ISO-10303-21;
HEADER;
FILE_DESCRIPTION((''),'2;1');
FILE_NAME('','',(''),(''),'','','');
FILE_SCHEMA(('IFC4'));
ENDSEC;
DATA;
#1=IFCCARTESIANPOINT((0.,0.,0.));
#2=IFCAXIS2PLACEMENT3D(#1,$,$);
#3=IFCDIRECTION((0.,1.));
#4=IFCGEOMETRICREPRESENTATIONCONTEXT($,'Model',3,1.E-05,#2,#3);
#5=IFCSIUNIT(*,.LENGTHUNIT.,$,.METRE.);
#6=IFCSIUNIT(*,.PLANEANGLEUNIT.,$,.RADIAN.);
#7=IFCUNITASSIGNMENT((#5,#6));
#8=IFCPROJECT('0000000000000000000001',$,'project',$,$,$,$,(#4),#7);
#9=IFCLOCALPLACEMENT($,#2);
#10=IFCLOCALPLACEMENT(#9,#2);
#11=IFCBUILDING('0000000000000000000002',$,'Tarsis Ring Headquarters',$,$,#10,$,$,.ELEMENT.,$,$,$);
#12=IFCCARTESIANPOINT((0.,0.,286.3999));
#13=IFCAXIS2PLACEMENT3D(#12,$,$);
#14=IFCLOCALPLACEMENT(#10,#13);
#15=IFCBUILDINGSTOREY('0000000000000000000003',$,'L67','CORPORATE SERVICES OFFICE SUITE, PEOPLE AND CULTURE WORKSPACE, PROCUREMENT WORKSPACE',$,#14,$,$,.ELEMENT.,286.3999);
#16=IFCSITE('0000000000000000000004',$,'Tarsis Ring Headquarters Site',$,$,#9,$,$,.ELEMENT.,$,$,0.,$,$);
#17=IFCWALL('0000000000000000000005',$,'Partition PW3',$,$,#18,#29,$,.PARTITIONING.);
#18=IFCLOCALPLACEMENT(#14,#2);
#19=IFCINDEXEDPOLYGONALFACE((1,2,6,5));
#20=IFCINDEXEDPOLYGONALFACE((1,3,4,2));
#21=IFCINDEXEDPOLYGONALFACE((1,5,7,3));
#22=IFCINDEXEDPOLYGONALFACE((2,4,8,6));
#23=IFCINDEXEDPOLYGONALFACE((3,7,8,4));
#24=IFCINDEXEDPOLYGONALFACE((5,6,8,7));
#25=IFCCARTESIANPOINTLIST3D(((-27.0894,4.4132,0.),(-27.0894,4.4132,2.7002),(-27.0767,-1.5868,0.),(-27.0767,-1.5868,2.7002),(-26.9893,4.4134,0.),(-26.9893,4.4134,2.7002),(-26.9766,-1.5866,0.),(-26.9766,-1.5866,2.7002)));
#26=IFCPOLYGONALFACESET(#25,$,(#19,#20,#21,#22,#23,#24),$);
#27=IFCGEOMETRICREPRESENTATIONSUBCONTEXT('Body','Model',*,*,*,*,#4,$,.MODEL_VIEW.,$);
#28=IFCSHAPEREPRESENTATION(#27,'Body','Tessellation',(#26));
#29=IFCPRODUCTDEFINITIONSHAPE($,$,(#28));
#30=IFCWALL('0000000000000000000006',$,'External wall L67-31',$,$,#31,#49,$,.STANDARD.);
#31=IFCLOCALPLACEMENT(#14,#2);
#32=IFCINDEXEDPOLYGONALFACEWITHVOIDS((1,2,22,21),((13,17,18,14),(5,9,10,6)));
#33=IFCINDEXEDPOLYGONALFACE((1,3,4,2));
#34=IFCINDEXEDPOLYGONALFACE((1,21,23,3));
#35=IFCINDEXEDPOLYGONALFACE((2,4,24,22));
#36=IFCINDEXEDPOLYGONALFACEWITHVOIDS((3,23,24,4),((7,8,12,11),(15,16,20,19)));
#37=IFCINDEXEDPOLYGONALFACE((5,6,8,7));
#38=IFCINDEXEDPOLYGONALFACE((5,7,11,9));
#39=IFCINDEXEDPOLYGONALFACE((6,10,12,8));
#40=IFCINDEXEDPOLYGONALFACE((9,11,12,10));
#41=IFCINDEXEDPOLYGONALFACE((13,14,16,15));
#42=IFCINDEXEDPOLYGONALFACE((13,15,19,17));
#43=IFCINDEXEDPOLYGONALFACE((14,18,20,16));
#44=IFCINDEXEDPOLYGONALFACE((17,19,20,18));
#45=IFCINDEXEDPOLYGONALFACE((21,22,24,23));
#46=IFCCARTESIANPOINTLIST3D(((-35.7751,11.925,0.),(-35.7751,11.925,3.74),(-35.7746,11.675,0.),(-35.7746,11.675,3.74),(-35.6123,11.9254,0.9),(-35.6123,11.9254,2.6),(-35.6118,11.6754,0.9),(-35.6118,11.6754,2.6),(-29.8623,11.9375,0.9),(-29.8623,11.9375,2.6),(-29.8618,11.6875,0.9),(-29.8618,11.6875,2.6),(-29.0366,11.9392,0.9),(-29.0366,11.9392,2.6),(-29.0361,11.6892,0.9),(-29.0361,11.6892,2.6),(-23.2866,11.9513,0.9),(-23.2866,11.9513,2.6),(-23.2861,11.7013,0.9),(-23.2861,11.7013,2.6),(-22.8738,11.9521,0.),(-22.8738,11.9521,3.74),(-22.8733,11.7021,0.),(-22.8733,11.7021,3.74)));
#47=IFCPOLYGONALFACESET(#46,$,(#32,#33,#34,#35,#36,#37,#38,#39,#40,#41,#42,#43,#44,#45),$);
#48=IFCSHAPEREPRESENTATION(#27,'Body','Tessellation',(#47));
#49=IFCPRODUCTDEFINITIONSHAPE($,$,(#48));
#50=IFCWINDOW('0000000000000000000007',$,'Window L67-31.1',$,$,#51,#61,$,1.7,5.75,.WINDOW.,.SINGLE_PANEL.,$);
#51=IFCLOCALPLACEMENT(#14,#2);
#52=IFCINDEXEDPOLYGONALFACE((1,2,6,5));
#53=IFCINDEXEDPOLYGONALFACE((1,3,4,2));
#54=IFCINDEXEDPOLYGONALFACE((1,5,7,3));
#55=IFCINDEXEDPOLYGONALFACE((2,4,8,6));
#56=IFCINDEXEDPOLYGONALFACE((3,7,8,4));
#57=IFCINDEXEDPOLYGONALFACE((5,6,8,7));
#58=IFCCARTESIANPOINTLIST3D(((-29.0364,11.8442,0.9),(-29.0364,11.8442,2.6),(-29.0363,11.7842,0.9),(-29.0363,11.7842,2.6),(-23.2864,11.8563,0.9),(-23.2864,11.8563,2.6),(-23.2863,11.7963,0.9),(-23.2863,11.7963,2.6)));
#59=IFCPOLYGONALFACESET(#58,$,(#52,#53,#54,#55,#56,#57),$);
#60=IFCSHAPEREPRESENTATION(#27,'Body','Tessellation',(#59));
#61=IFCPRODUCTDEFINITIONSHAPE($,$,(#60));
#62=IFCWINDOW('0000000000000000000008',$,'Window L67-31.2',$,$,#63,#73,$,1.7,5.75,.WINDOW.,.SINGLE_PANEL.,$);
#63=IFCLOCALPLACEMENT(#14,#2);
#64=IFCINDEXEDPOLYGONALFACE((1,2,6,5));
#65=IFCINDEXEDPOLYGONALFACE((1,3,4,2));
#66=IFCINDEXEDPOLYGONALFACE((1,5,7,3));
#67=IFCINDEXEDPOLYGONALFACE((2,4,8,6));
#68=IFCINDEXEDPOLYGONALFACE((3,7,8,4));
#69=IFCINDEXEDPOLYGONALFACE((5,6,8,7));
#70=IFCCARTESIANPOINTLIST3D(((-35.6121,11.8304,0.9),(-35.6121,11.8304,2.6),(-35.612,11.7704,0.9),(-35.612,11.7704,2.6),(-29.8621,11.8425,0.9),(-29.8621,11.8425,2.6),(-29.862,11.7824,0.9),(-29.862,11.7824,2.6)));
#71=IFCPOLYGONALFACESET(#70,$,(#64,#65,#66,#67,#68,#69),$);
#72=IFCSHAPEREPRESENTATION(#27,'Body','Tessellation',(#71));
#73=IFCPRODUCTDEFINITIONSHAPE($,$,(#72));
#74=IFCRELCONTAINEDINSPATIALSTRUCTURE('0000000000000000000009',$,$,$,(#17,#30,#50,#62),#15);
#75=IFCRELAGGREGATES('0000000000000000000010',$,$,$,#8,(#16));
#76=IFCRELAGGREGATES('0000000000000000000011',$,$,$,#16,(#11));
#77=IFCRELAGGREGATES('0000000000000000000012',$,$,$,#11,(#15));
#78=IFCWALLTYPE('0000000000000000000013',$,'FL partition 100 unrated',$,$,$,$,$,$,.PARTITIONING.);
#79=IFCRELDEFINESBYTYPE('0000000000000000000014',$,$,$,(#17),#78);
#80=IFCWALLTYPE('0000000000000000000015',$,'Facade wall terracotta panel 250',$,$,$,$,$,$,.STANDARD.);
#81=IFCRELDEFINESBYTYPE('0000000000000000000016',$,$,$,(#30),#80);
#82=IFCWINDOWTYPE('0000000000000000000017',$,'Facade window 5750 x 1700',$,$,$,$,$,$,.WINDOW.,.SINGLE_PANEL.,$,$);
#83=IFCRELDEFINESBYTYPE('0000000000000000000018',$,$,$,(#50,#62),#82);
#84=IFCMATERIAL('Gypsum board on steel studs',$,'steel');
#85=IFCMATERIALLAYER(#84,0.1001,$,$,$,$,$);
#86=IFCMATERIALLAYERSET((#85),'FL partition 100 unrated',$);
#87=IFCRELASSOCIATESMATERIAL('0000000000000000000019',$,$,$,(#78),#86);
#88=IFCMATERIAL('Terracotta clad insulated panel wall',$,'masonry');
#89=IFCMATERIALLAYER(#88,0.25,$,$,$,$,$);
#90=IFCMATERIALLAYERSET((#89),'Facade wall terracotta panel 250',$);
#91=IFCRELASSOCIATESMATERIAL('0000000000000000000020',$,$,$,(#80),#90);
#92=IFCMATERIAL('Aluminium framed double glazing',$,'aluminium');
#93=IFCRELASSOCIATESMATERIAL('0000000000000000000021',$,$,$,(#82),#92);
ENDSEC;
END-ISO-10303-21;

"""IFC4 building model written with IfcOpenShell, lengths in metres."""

from ifc_helpers import new_model, si_unit, direction, frame, frame_2d, origin, place, context, subcontext, project, spatial, rectangle, extrude, material, layer, layer_set, type_object, element, fill, save


model = new_model("IFC4")

# Units and contexts
model_context = context("Model", 3, precision=1e-05, world=origin(), true_north=direction((0.0, 1.0)))
body_context = subcontext(model_context, "Body", "Model", "MODEL_VIEW")
ifc_project = project(units=[si_unit("LENGTHUNIT", "METRE"), si_unit("PLANEANGLEUNIT", "RADIAN")], contexts=[model_context])

# Site, building, storey
site_placement = place(None, origin())
site = spatial("IfcSite", under=ifc_project, at=site_placement, Name="Tarsis Ring Headquarters Site", CompositionType="ELEMENT", RefElevation=0.0)
building_placement = place(site_placement, origin())
building = spatial("IfcBuilding", under=site, at=building_placement, Name="Tarsis Ring Headquarters", CompositionType="ELEMENT")
storey_placement = place(building_placement, frame((0.0, 0.0, 286.3999)))
storey = spatial("IfcBuildingStorey", under=building, at=storey_placement, Name="L67", Description="CORPORATE SERVICES OFFICE SUITE, PEOPLE AND CULTURE WORKSPACE, PROCUREMENT WORKSPACE", CompositionType="ELEMENT", Elevation=286.3999)

# Wall
ifc_material_1 = material(Name="Gypsum board on steel studs", Category="steel")
ifc_layer_1 = layer(ifc_material_1, 0.1001)
ifc_layer_set_1 = layer_set([ifc_layer_1], Name="FL partition 100 unrated")
wall_type_1 = type_object("IfcWallType", Name="FL partition 100 unrated", PredefinedType="PARTITIONING", material=ifc_layer_set_1)
wall_1_placement = place(storey_placement, frame((-27.0393, 4.4133, 0.0), z_axis=(0.0, 0.0, 1.0), x_axis=(0.002116, -0.999998, 0.0)))
element("IfcWall", 1, at=wall_1_placement, inside=storey, type_object=wall_type_1, Name="Partition PW3", PredefinedType="PARTITIONING", context=body_context, shape_type="SweptSolid", body=[
    extrude(rectangle(XDim=6.0, YDim=0.1001, at=frame_2d((3.0, 0.0))), origin(), (0.0, 0.0, 1.0), 2.7002),
])

# Wall, openings, windows
ifc_material_2 = material(Name="Terracotta clad insulated panel wall", Category="masonry")
ifc_layer_2 = layer(ifc_material_2, 0.25)
ifc_layer_set_2 = layer_set([ifc_layer_2], Name="Facade wall terracotta panel 250")
wall_type_2 = type_object("IfcWallType", Name="Facade wall terracotta panel 250", PredefinedType="STANDARD", material=ifc_layer_set_2)
wall_2_placement = place(storey_placement, frame((-22.8735, 11.8271, 0.0), z_axis=(0.0, 0.0, 1.0), x_axis=(-0.999998, -0.002101, 0.0)))
wall_2 = element("IfcWall", 2, at=wall_2_placement, inside=storey, type_object=wall_type_2, Name="External wall L67-31", PredefinedType="STANDARD", context=body_context, shape_type="SweptSolid", body=[
    extrude(rectangle(XDim=12.9014, YDim=0.25, at=frame_2d((6.4507, 0.0))), origin(), (0.0, 0.0, 1.0), 3.74),
])
opening_1_placement = place(wall_2_placement, frame((0.4128, 0.0, 0.8999)))
opening_1 = element("IfcOpeningElement", 3, at=opening_1_placement, cuts=wall_2, PredefinedType="OPENING", context=body_context, shape_type="SweptSolid", body=[
    extrude(rectangle(XDim=5.75, YDim=1.7, at=frame_2d((2.875, 0.8501))), frame((0.0, 0.135, 0.0), z_axis=(0.0, -1.0, 0.0), x_axis=(1.0, 0.0, 0.0)), (0.0, 0.0, 1.0), 0.27),
])
opening_2_placement = place(wall_2_placement, frame((6.9885, 0.0, 0.8999)))
opening_2 = element("IfcOpeningElement", 4, at=opening_2_placement, cuts=wall_2, PredefinedType="OPENING", context=body_context, shape_type="SweptSolid", body=[
    extrude(rectangle(XDim=5.75, YDim=1.7, at=frame_2d((2.875, 0.8501))), frame((0.0, 0.135, 0.0), z_axis=(0.0, -1.0, 0.0), x_axis=(1.0, 0.0, 0.0)), (0.0, 0.0, 1.0), 0.27),
])
ifc_material_3 = material(Name="Aluminium framed double glazing", Category="aluminium")
window_type = type_object("IfcWindowType", Name="Facade window 5750 x 1700", PartitioningType="SINGLE_PANEL", PredefinedType="WINDOW", material=ifc_material_3)
window_1_placement = place(opening_1_placement, origin())
window_1 = element("IfcWindow", 5, at=window_1_placement, inside=storey, type_object=window_type, Name="Window L67-31.1", OverallHeight=1.7, OverallWidth=5.75, PartitioningType="SINGLE_PANEL", PredefinedType="WINDOW", context=body_context, shape_type="SweptSolid", body=[
    extrude(rectangle(XDim=5.75, YDim=1.7, at=frame_2d((2.875, 0.8501))), frame((0.0, 0.03, 0.0), z_axis=(0.0, -1.0, 0.0), x_axis=(1.0, 0.0, 0.0)), (0.0, 0.0, 1.0), 0.0601),
])
fill(opening_1, window_1)
window_2_placement = place(opening_2_placement, origin())
window_2 = element("IfcWindow", 6, at=window_2_placement, inside=storey, type_object=window_type, Name="Window L67-31.2", OverallHeight=1.7, OverallWidth=5.75, PartitioningType="SINGLE_PANEL", PredefinedType="WINDOW", context=body_context, shape_type="SweptSolid", body=[
    extrude(rectangle(XDim=5.75, YDim=1.7, at=frame_2d((2.875, 0.8501))), frame((0.0, 0.03, 0.0), z_axis=(0.0, -1.0, 0.0), x_axis=(1.0, 0.0, 0.0)), (0.0, 0.0, 1.0), 0.0601),
])
fill(opening_2, window_2)

save(model, "model.ifc")
